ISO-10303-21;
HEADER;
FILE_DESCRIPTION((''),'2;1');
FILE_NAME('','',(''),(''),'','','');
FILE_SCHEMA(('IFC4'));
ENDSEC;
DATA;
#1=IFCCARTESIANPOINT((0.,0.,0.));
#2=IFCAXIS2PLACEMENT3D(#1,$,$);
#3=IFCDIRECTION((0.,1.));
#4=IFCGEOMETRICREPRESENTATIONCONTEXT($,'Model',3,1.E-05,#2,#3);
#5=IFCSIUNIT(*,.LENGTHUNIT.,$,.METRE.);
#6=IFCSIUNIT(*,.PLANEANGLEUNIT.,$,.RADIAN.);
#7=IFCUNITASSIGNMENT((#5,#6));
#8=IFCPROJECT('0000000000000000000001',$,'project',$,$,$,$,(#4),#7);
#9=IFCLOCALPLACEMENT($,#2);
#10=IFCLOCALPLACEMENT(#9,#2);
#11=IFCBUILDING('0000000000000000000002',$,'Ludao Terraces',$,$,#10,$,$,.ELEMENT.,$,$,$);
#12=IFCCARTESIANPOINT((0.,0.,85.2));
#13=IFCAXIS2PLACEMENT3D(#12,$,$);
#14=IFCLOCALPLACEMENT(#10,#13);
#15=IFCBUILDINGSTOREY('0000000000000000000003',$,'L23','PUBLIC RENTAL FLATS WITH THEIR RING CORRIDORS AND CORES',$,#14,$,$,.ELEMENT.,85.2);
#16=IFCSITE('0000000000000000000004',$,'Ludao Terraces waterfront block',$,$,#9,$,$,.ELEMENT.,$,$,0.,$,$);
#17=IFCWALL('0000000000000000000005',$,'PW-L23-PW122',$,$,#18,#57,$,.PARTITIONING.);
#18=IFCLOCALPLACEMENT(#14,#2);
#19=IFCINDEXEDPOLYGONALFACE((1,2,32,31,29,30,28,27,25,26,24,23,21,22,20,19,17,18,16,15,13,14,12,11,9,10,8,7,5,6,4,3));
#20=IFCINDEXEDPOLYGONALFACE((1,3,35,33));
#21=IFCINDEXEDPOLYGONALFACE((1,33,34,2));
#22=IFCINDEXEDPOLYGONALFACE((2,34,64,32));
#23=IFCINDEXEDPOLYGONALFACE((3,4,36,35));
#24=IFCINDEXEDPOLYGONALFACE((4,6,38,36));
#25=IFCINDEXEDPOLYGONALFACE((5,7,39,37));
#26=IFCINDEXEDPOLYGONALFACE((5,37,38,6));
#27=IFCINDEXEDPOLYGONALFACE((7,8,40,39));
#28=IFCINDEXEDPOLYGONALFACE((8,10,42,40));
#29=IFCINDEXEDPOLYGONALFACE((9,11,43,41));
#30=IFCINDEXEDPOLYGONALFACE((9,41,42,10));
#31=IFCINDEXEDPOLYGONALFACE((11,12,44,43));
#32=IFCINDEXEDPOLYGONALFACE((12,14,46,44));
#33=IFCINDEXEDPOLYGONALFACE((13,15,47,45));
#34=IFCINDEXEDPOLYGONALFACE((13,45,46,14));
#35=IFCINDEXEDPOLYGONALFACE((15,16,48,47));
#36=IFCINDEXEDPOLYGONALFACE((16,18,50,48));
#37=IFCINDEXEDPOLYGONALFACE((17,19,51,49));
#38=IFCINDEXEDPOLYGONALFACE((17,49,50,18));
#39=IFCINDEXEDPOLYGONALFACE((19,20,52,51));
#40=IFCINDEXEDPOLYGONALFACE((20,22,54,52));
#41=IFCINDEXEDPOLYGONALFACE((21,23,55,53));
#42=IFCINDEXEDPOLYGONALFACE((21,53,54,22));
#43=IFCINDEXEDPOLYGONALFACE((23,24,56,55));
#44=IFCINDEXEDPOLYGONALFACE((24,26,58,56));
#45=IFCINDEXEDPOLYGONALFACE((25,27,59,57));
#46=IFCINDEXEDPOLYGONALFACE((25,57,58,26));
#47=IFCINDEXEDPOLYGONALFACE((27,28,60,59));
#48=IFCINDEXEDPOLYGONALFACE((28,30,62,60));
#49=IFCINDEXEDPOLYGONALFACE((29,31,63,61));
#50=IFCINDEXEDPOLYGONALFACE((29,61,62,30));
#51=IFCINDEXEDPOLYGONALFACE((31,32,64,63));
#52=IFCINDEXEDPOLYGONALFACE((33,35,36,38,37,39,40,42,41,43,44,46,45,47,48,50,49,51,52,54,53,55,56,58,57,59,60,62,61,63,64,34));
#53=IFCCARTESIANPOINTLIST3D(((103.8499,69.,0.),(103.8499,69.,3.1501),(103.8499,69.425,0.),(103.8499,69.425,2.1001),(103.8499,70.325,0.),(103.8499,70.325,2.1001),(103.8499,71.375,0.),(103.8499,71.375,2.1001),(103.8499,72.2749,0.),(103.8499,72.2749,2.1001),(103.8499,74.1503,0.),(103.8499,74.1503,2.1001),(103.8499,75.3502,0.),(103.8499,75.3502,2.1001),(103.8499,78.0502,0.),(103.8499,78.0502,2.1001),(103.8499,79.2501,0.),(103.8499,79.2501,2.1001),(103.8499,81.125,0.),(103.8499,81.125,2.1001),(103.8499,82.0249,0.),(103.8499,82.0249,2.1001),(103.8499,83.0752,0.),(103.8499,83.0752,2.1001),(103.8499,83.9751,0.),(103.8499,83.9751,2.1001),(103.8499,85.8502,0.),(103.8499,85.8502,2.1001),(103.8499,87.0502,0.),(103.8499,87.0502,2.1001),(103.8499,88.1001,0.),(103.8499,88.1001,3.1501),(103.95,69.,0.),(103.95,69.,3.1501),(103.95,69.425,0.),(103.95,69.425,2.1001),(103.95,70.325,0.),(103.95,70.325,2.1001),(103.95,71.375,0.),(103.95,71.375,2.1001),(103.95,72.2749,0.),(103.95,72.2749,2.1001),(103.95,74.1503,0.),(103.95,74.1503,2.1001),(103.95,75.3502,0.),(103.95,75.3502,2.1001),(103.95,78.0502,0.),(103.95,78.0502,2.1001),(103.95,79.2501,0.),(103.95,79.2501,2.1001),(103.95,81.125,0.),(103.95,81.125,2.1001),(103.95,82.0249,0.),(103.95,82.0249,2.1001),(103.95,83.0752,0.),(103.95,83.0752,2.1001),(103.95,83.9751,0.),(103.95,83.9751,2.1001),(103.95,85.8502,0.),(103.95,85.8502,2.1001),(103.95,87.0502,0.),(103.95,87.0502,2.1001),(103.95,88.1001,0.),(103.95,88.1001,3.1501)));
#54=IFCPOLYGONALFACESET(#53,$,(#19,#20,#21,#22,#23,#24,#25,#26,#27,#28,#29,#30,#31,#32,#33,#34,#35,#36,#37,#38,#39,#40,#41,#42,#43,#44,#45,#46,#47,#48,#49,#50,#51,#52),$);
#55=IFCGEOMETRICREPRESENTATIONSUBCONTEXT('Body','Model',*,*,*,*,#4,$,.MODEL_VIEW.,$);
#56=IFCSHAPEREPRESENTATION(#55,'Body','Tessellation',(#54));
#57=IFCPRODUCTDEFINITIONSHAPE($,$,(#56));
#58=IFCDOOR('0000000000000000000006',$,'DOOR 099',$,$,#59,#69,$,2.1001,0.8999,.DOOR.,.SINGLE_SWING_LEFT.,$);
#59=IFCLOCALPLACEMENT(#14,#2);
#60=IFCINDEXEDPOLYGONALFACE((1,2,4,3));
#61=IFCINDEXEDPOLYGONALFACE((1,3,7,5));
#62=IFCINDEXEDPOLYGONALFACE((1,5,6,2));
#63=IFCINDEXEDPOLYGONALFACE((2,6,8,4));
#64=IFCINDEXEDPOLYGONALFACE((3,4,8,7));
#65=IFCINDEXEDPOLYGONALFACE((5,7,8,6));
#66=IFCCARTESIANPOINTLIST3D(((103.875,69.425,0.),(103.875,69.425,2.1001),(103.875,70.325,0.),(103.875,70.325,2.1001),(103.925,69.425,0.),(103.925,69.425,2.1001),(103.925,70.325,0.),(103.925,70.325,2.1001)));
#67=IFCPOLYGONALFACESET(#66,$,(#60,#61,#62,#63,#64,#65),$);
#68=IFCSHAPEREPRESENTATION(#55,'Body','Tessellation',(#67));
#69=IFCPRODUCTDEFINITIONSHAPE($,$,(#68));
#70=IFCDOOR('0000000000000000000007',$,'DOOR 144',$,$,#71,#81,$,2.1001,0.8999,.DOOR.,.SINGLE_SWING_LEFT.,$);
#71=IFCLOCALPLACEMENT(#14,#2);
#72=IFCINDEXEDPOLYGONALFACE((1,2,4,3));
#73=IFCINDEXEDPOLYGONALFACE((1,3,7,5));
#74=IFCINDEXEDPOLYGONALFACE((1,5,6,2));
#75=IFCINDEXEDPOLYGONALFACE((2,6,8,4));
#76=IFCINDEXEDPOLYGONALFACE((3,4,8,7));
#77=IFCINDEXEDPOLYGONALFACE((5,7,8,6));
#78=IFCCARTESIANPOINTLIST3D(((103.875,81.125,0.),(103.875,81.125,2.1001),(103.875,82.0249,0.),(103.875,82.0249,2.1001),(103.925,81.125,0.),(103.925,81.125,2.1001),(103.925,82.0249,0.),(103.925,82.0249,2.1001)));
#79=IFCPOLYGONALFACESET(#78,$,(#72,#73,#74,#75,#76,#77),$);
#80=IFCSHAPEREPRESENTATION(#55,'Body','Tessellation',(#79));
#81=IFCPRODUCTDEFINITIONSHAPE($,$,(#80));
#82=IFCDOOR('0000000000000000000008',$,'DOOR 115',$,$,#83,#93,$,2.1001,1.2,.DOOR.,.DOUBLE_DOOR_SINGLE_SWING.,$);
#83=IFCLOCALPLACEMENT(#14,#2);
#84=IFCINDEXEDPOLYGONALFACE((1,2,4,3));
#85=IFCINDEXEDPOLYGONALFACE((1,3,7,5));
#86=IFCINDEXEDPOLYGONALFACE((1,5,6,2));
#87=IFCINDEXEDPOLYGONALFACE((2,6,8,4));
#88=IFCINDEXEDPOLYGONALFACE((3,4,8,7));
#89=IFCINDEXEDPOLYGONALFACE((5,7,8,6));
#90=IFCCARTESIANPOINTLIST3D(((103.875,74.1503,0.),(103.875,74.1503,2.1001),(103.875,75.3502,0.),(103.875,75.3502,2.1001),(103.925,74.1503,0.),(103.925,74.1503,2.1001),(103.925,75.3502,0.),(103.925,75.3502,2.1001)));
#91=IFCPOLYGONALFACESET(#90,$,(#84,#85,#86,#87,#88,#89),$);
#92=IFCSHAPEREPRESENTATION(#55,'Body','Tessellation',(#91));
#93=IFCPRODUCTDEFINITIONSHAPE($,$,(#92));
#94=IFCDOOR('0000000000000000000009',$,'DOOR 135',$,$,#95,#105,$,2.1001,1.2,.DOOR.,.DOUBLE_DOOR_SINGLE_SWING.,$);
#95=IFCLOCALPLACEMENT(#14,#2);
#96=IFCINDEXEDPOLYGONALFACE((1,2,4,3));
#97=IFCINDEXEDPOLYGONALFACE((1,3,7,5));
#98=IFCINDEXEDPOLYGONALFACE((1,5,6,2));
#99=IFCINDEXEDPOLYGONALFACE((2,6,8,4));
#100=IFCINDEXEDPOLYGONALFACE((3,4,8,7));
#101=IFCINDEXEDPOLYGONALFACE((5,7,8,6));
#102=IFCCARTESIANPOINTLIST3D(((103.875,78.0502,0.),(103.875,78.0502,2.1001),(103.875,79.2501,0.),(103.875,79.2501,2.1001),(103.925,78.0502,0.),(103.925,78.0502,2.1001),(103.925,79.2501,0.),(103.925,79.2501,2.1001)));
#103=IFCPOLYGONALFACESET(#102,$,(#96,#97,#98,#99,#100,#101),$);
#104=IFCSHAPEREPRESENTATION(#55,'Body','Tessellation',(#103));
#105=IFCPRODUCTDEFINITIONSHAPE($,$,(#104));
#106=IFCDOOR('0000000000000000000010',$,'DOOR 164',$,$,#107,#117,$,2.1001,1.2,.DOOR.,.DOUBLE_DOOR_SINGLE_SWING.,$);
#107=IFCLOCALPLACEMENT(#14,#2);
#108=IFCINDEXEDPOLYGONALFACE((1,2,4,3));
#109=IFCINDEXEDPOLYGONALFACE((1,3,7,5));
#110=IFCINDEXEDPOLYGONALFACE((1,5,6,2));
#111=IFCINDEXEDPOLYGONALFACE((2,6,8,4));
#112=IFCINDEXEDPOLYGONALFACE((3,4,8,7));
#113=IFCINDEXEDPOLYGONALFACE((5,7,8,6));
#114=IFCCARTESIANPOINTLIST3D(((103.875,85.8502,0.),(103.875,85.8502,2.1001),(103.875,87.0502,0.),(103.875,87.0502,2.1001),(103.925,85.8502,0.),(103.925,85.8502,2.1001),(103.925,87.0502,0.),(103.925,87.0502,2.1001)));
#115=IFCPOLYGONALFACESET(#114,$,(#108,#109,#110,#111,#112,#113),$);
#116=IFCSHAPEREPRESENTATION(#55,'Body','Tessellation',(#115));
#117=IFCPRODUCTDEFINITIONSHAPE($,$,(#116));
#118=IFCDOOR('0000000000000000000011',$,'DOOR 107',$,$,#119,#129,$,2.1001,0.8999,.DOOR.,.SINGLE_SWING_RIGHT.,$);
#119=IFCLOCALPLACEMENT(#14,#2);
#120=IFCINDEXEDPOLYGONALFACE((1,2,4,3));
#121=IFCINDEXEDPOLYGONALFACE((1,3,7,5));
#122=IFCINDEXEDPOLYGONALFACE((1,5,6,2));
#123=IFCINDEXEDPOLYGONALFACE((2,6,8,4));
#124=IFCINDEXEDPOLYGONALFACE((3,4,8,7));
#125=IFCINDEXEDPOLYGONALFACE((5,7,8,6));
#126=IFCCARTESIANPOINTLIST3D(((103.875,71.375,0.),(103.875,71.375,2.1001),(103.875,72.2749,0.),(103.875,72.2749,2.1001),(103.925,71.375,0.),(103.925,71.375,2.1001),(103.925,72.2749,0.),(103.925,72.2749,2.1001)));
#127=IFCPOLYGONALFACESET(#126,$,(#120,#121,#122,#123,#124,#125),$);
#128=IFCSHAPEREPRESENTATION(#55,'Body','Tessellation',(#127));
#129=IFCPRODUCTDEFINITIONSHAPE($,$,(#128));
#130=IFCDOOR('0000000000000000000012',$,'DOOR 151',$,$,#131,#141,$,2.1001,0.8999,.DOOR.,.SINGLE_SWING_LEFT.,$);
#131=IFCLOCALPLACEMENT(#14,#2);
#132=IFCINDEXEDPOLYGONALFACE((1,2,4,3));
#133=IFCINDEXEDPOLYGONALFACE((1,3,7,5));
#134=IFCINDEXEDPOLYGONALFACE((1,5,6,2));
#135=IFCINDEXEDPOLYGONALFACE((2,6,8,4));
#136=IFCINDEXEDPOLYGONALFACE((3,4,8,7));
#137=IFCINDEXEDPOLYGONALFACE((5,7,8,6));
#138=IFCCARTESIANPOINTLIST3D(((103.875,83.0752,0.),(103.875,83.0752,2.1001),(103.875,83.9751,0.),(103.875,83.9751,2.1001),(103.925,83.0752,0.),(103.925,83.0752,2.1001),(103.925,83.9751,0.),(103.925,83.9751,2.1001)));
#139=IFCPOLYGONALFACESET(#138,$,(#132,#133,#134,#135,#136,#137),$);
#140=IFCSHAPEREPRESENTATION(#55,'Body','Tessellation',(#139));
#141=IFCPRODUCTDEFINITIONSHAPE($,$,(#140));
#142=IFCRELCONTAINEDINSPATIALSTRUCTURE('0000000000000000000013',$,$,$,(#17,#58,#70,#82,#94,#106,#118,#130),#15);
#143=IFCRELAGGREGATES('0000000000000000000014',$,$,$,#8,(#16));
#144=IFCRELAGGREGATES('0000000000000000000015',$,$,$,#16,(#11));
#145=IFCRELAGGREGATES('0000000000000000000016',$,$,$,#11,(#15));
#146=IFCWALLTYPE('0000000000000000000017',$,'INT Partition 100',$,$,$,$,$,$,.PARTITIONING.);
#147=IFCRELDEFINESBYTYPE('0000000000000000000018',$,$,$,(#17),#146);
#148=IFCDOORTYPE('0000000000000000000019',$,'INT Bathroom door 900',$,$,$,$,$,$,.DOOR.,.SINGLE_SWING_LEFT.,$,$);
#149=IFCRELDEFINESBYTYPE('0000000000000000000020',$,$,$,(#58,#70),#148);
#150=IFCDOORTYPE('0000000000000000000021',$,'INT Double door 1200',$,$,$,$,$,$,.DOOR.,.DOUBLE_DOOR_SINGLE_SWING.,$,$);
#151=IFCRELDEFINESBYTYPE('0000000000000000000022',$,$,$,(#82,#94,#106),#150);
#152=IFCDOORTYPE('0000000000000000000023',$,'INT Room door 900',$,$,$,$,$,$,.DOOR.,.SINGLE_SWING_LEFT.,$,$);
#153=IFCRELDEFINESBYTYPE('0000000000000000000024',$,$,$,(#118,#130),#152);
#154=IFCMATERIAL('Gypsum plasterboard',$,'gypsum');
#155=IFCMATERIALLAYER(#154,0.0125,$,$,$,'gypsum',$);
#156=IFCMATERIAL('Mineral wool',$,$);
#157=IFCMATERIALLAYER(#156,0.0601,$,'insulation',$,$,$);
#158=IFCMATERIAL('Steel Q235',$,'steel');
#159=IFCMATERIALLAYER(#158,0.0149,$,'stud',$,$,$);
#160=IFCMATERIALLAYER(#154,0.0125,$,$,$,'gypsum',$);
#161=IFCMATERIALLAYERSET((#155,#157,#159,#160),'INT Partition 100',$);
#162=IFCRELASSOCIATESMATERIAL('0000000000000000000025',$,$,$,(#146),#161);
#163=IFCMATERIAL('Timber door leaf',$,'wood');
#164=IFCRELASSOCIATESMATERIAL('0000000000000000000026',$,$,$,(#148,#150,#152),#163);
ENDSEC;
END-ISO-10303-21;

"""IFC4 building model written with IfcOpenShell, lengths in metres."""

from ifc_helpers import new_model, si_unit, direction, frame, frame_2d, origin, place, context, subcontext, project, spatial, rectangle, extrude, material, layer, layer_set, type_object, element, fill, save


model = new_model("IFC4")

# Units and contexts
model_context = context("Model", 3, precision=1e-05, world=origin(), true_north=direction((0.0, 1.0)))
body_context = subcontext(model_context, "Body", "Model", "MODEL_VIEW")
ifc_project = project(units=[si_unit("LENGTHUNIT", "METRE"), si_unit("PLANEANGLEUNIT", "RADIAN")], contexts=[model_context])

# Site, building, storey
site_placement = place(None, origin())
site = spatial("IfcSite", under=ifc_project, at=site_placement, Name="Ludao Terraces waterfront block", CompositionType="ELEMENT", RefElevation=0.0)
building_placement = place(site_placement, origin())
building = spatial("IfcBuilding", under=site, at=building_placement, Name="Ludao Terraces", CompositionType="ELEMENT")
storey_placement = place(building_placement, frame((0.0, 0.0, 85.2)))
storey = spatial("IfcBuildingStorey", under=building, at=storey_placement, Name="L23", Description="PUBLIC RENTAL FLATS WITH THEIR RING CORRIDORS AND CORES", CompositionType="ELEMENT", Elevation=85.2)

# Shared definitions
ifc_material_1 = material(Name="Mineral wool")

# Shared definitions
ifc_material_2 = material(Name="Gypsum plasterboard", Category="gypsum")
ifc_layer_1 = layer(ifc_material_2, 0.0125, Category="gypsum")
ifc_layer_2 = layer(ifc_material_1, 0.0601, Name="insulation")
ifc_material_3 = material(Name="Steel Q235", Category="steel")
ifc_layer_3 = layer(ifc_material_3, 0.0149, Name="stud")
ifc_layer_4 = layer(ifc_material_2, 0.0125, Category="gypsum")
ifc_layer_set_1 = layer_set([ifc_layer_1, ifc_layer_2, ifc_layer_3, ifc_layer_4], Name="INT Partition 100")
wall_type_1 = type_object("IfcWallType", Name="INT Partition 100", PredefinedType="PARTITIONING", material=ifc_layer_set_1)

# Wall, openings, doors
ifc_material_4 = material(Name="Timber door leaf", Category="wood")
door_type_1 = type_object("IfcDoorType", Name="INT Bathroom door 900", OperationType="SINGLE_SWING_LEFT", PredefinedType="DOOR", material=ifc_material_4)
wall_1_placement = place(storey_placement, frame((103.8999, 69.0, 0.0), z_axis=(0.0, 0.0, 1.0), x_axis=(0.0, 1.0, 0.0)))
wall_1 = element("IfcWall", 1, at=wall_1_placement, inside=storey, type_object=wall_type_1, Name="PW-L23-PW122", PredefinedType="PARTITIONING", context=body_context, shape_type="SweptSolid", body=[
    extrude(rectangle(XDim=19.1001, YDim=0.1001, at=frame_2d((9.55, 0.0))), origin(), (0.0, 0.0, 1.0), 3.1501),
])
opening_1_placement = place(wall_1_placement, frame((0.425, 0.0, 0.0)))
opening_1 = element("IfcOpeningElement", 2, at=opening_1_placement, cuts=wall_1, PredefinedType="OPENING", context=body_context, shape_type="SweptSolid", body=[
    extrude(rectangle(XDim=0.8999, YDim=2.1001, at=frame_2d((0.45, 1.05))), frame((0.0, 0.0601, 0.0), z_axis=(0.0, -1.0, 0.0), x_axis=(1.0, 0.0, 0.0)), (0.0, 0.0, 1.0), 0.1201),
])
opening_2_placement = place(wall_1_placement, frame((2.375, 0.0, 0.0)))
opening_2 = element("IfcOpeningElement", 3, at=opening_2_placement, cuts=wall_1, PredefinedType="OPENING", context=body_context, shape_type="SweptSolid", body=[
    extrude(rectangle(XDim=0.8999, YDim=2.1001, at=frame_2d((0.45, 1.05))), frame((0.0, 0.0601, 0.0), z_axis=(0.0, -1.0, 0.0), x_axis=(1.0, 0.0, 0.0)), (0.0, 0.0, 1.0), 0.1201),
])
opening_3_placement = place(wall_1_placement, frame((5.1501, 0.0, 0.0)))
opening_3 = element("IfcOpeningElement", 4, at=opening_3_placement, cuts=wall_1, PredefinedType="OPENING", context=body_context, shape_type="SweptSolid", body=[
    extrude(rectangle(XDim=1.2, YDim=2.1001, at=frame_2d((0.6001, 1.05))), frame((0.0, 0.0601, 0.0), z_axis=(0.0, -1.0, 0.0), x_axis=(1.0, 0.0, 0.0)), (0.0, 0.0, 1.0), 0.1201),
])
opening_4_placement = place(wall_1_placement, frame((9.05, 0.0, 0.0)))
opening_4 = element("IfcOpeningElement", 5, at=opening_4_placement, cuts=wall_1, PredefinedType="OPENING", context=body_context, shape_type="SweptSolid", body=[
    extrude(rectangle(XDim=1.2, YDim=2.1001, at=frame_2d((0.6001, 1.05))), frame((0.0, 0.0601, 0.0), z_axis=(0.0, -1.0, 0.0), x_axis=(1.0, 0.0, 0.0)), (0.0, 0.0, 1.0), 0.1201),
])
opening_5_placement = place(wall_1_placement, frame((12.125, 0.0, 0.0)))
opening_5 = element("IfcOpeningElement", 6, at=opening_5_placement, cuts=wall_1, PredefinedType="OPENING", context=body_context, shape_type="SweptSolid", body=[
    extrude(rectangle(XDim=0.8999, YDim=2.1001, at=frame_2d((0.45, 1.05))), frame((0.0, 0.0601, 0.0), z_axis=(0.0, -1.0, 0.0), x_axis=(1.0, 0.0, 0.0)), (0.0, 0.0, 1.0), 0.1201),
])
opening_6_placement = place(wall_1_placement, frame((14.0752, 0.0, 0.0)))
opening_6 = element("IfcOpeningElement", 7, at=opening_6_placement, cuts=wall_1, PredefinedType="OPENING", context=body_context, shape_type="SweptSolid", body=[
    extrude(rectangle(XDim=0.8999, YDim=2.1001, at=frame_2d((0.45, 1.05))), frame((0.0, 0.0601, 0.0), z_axis=(0.0, -1.0, 0.0), x_axis=(1.0, 0.0, 0.0)), (0.0, 0.0, 1.0), 0.1201),
])
opening_7_placement = place(wall_1_placement, frame((16.8501, 0.0, 0.0)))
opening_7 = element("IfcOpeningElement", 8, at=opening_7_placement, cuts=wall_1, PredefinedType="OPENING", context=body_context, shape_type="SweptSolid", body=[
    extrude(rectangle(XDim=1.2, YDim=2.1001, at=frame_2d((0.6001, 1.05))), frame((0.0, 0.0601, 0.0), z_axis=(0.0, -1.0, 0.0), x_axis=(1.0, 0.0, 0.0)), (0.0, 0.0, 1.0), 0.1201),
])
door_1_placement = place(opening_1_placement, origin())
door_1 = element("IfcDoor", 9, at=door_1_placement, inside=storey, type_object=door_type_1, Name="DOOR 099", OperationType="SINGLE_SWING_LEFT", OverallHeight=2.1001, OverallWidth=0.8999, PredefinedType="DOOR", context=body_context, shape_type="SweptSolid", body=[
    extrude(rectangle(XDim=0.8999, YDim=2.1001, at=frame_2d((0.45, 1.05))), frame((0.0, 0.0249, 0.0), z_axis=(0.0, -1.0, 0.0), x_axis=(1.0, 0.0, 0.0)), (0.0, 0.0, 1.0), 0.05),
])
fill(opening_1, door_1)
door_2_placement = place(opening_5_placement, origin())
door_2 = element("IfcDoor", 10, at=door_2_placement, inside=storey, type_object=door_type_1, Name="DOOR 144", OperationType="SINGLE_SWING_LEFT", OverallHeight=2.1001, OverallWidth=0.8999, PredefinedType="DOOR", context=body_context, shape_type="SweptSolid", body=[
    extrude(rectangle(XDim=0.8999, YDim=2.1001, at=frame_2d((0.45, 1.05))), frame((0.0, 0.0249, 0.0), z_axis=(0.0, -1.0, 0.0), x_axis=(1.0, 0.0, 0.0)), (0.0, 0.0, 1.0), 0.05),
])
fill(opening_5, door_2)
door_type_2 = type_object("IfcDoorType", Name="INT Double door 1200", OperationType="DOUBLE_DOOR_SINGLE_SWING", PredefinedType="DOOR", material=ifc_material_4)
door_3_placement = place(opening_3_placement, origin())
door_3 = element("IfcDoor", 11, at=door_3_placement, inside=storey, type_object=door_type_2, Name="DOOR 115", OperationType="DOUBLE_DOOR_SINGLE_SWING", OverallHeight=2.1001, OverallWidth=1.2, PredefinedType="DOOR", context=body_context, shape_type="SweptSolid", body=[
    extrude(rectangle(XDim=1.2, YDim=2.1001, at=frame_2d((0.6001, 1.05))), frame((0.0, 0.0249, 0.0), z_axis=(0.0, -1.0, 0.0), x_axis=(1.0, 0.0, 0.0)), (0.0, 0.0, 1.0), 0.05),
])
fill(opening_3, door_3)
door_4_placement = place(opening_4_placement, origin())
door_4 = element("IfcDoor", 12, at=door_4_placement, inside=storey, type_object=door_type_2, Name="DOOR 135", OperationType="DOUBLE_DOOR_SINGLE_SWING", OverallHeight=2.1001, OverallWidth=1.2, PredefinedType="DOOR", context=body_context, shape_type="SweptSolid", body=[
    extrude(rectangle(XDim=1.2, YDim=2.1001, at=frame_2d((0.6001, 1.05))), frame((0.0, 0.0249, 0.0), z_axis=(0.0, -1.0, 0.0), x_axis=(1.0, 0.0, 0.0)), (0.0, 0.0, 1.0), 0.05),
])
fill(opening_4, door_4)
door_5_placement = place(opening_7_placement, origin())
door_5 = element("IfcDoor", 13, at=door_5_placement, inside=storey, type_object=door_type_2, Name="DOOR 164", OperationType="DOUBLE_DOOR_SINGLE_SWING", OverallHeight=2.1001, OverallWidth=1.2, PredefinedType="DOOR", context=body_context, shape_type="SweptSolid", body=[
    extrude(rectangle(XDim=1.2, YDim=2.1001, at=frame_2d((0.6001, 1.05))), frame((0.0, 0.0249, 0.0), z_axis=(0.0, -1.0, 0.0), x_axis=(1.0, 0.0, 0.0)), (0.0, 0.0, 1.0), 0.05),
])
fill(opening_7, door_5)
door_type_3 = type_object("IfcDoorType", Name="INT Room door 900", OperationType="SINGLE_SWING_LEFT", PredefinedType="DOOR", material=ifc_material_4)
door_6_placement = place(opening_2_placement, origin())
door_6 = element("IfcDoor", 14, at=door_6_placement, inside=storey, type_object=door_type_3, Name="DOOR 107", OperationType="SINGLE_SWING_RIGHT", OverallHeight=2.1001, OverallWidth=0.8999, PredefinedType="DOOR", context=body_context, shape_type="SweptSolid", body=[
    extrude(rectangle(XDim=0.8999, YDim=2.1001, at=frame_2d((0.45, 1.05))), frame((0.0, 0.0249, 0.0), z_axis=(0.0, -1.0, 0.0), x_axis=(1.0, 0.0, 0.0)), (0.0, 0.0, 1.0), 0.05),
])
fill(opening_2, door_6)
door_7_placement = place(opening_6_placement, origin())
door_7 = element("IfcDoor", 15, at=door_7_placement, inside=storey, type_object=door_type_3, Name="DOOR 151", OperationType="SINGLE_SWING_LEFT", OverallHeight=2.1001, OverallWidth=0.8999, PredefinedType="DOOR", context=body_context, shape_type="SweptSolid", body=[
    extrude(rectangle(XDim=0.8999, YDim=2.1001, at=frame_2d((0.45, 1.05))), frame((0.0, 0.0249, 0.0), z_axis=(0.0, -1.0, 0.0), x_axis=(1.0, 0.0, 0.0)), (0.0, 0.0, 1.0), 0.05),
])
fill(opening_6, door_7)

save(model, "model.ifc")
